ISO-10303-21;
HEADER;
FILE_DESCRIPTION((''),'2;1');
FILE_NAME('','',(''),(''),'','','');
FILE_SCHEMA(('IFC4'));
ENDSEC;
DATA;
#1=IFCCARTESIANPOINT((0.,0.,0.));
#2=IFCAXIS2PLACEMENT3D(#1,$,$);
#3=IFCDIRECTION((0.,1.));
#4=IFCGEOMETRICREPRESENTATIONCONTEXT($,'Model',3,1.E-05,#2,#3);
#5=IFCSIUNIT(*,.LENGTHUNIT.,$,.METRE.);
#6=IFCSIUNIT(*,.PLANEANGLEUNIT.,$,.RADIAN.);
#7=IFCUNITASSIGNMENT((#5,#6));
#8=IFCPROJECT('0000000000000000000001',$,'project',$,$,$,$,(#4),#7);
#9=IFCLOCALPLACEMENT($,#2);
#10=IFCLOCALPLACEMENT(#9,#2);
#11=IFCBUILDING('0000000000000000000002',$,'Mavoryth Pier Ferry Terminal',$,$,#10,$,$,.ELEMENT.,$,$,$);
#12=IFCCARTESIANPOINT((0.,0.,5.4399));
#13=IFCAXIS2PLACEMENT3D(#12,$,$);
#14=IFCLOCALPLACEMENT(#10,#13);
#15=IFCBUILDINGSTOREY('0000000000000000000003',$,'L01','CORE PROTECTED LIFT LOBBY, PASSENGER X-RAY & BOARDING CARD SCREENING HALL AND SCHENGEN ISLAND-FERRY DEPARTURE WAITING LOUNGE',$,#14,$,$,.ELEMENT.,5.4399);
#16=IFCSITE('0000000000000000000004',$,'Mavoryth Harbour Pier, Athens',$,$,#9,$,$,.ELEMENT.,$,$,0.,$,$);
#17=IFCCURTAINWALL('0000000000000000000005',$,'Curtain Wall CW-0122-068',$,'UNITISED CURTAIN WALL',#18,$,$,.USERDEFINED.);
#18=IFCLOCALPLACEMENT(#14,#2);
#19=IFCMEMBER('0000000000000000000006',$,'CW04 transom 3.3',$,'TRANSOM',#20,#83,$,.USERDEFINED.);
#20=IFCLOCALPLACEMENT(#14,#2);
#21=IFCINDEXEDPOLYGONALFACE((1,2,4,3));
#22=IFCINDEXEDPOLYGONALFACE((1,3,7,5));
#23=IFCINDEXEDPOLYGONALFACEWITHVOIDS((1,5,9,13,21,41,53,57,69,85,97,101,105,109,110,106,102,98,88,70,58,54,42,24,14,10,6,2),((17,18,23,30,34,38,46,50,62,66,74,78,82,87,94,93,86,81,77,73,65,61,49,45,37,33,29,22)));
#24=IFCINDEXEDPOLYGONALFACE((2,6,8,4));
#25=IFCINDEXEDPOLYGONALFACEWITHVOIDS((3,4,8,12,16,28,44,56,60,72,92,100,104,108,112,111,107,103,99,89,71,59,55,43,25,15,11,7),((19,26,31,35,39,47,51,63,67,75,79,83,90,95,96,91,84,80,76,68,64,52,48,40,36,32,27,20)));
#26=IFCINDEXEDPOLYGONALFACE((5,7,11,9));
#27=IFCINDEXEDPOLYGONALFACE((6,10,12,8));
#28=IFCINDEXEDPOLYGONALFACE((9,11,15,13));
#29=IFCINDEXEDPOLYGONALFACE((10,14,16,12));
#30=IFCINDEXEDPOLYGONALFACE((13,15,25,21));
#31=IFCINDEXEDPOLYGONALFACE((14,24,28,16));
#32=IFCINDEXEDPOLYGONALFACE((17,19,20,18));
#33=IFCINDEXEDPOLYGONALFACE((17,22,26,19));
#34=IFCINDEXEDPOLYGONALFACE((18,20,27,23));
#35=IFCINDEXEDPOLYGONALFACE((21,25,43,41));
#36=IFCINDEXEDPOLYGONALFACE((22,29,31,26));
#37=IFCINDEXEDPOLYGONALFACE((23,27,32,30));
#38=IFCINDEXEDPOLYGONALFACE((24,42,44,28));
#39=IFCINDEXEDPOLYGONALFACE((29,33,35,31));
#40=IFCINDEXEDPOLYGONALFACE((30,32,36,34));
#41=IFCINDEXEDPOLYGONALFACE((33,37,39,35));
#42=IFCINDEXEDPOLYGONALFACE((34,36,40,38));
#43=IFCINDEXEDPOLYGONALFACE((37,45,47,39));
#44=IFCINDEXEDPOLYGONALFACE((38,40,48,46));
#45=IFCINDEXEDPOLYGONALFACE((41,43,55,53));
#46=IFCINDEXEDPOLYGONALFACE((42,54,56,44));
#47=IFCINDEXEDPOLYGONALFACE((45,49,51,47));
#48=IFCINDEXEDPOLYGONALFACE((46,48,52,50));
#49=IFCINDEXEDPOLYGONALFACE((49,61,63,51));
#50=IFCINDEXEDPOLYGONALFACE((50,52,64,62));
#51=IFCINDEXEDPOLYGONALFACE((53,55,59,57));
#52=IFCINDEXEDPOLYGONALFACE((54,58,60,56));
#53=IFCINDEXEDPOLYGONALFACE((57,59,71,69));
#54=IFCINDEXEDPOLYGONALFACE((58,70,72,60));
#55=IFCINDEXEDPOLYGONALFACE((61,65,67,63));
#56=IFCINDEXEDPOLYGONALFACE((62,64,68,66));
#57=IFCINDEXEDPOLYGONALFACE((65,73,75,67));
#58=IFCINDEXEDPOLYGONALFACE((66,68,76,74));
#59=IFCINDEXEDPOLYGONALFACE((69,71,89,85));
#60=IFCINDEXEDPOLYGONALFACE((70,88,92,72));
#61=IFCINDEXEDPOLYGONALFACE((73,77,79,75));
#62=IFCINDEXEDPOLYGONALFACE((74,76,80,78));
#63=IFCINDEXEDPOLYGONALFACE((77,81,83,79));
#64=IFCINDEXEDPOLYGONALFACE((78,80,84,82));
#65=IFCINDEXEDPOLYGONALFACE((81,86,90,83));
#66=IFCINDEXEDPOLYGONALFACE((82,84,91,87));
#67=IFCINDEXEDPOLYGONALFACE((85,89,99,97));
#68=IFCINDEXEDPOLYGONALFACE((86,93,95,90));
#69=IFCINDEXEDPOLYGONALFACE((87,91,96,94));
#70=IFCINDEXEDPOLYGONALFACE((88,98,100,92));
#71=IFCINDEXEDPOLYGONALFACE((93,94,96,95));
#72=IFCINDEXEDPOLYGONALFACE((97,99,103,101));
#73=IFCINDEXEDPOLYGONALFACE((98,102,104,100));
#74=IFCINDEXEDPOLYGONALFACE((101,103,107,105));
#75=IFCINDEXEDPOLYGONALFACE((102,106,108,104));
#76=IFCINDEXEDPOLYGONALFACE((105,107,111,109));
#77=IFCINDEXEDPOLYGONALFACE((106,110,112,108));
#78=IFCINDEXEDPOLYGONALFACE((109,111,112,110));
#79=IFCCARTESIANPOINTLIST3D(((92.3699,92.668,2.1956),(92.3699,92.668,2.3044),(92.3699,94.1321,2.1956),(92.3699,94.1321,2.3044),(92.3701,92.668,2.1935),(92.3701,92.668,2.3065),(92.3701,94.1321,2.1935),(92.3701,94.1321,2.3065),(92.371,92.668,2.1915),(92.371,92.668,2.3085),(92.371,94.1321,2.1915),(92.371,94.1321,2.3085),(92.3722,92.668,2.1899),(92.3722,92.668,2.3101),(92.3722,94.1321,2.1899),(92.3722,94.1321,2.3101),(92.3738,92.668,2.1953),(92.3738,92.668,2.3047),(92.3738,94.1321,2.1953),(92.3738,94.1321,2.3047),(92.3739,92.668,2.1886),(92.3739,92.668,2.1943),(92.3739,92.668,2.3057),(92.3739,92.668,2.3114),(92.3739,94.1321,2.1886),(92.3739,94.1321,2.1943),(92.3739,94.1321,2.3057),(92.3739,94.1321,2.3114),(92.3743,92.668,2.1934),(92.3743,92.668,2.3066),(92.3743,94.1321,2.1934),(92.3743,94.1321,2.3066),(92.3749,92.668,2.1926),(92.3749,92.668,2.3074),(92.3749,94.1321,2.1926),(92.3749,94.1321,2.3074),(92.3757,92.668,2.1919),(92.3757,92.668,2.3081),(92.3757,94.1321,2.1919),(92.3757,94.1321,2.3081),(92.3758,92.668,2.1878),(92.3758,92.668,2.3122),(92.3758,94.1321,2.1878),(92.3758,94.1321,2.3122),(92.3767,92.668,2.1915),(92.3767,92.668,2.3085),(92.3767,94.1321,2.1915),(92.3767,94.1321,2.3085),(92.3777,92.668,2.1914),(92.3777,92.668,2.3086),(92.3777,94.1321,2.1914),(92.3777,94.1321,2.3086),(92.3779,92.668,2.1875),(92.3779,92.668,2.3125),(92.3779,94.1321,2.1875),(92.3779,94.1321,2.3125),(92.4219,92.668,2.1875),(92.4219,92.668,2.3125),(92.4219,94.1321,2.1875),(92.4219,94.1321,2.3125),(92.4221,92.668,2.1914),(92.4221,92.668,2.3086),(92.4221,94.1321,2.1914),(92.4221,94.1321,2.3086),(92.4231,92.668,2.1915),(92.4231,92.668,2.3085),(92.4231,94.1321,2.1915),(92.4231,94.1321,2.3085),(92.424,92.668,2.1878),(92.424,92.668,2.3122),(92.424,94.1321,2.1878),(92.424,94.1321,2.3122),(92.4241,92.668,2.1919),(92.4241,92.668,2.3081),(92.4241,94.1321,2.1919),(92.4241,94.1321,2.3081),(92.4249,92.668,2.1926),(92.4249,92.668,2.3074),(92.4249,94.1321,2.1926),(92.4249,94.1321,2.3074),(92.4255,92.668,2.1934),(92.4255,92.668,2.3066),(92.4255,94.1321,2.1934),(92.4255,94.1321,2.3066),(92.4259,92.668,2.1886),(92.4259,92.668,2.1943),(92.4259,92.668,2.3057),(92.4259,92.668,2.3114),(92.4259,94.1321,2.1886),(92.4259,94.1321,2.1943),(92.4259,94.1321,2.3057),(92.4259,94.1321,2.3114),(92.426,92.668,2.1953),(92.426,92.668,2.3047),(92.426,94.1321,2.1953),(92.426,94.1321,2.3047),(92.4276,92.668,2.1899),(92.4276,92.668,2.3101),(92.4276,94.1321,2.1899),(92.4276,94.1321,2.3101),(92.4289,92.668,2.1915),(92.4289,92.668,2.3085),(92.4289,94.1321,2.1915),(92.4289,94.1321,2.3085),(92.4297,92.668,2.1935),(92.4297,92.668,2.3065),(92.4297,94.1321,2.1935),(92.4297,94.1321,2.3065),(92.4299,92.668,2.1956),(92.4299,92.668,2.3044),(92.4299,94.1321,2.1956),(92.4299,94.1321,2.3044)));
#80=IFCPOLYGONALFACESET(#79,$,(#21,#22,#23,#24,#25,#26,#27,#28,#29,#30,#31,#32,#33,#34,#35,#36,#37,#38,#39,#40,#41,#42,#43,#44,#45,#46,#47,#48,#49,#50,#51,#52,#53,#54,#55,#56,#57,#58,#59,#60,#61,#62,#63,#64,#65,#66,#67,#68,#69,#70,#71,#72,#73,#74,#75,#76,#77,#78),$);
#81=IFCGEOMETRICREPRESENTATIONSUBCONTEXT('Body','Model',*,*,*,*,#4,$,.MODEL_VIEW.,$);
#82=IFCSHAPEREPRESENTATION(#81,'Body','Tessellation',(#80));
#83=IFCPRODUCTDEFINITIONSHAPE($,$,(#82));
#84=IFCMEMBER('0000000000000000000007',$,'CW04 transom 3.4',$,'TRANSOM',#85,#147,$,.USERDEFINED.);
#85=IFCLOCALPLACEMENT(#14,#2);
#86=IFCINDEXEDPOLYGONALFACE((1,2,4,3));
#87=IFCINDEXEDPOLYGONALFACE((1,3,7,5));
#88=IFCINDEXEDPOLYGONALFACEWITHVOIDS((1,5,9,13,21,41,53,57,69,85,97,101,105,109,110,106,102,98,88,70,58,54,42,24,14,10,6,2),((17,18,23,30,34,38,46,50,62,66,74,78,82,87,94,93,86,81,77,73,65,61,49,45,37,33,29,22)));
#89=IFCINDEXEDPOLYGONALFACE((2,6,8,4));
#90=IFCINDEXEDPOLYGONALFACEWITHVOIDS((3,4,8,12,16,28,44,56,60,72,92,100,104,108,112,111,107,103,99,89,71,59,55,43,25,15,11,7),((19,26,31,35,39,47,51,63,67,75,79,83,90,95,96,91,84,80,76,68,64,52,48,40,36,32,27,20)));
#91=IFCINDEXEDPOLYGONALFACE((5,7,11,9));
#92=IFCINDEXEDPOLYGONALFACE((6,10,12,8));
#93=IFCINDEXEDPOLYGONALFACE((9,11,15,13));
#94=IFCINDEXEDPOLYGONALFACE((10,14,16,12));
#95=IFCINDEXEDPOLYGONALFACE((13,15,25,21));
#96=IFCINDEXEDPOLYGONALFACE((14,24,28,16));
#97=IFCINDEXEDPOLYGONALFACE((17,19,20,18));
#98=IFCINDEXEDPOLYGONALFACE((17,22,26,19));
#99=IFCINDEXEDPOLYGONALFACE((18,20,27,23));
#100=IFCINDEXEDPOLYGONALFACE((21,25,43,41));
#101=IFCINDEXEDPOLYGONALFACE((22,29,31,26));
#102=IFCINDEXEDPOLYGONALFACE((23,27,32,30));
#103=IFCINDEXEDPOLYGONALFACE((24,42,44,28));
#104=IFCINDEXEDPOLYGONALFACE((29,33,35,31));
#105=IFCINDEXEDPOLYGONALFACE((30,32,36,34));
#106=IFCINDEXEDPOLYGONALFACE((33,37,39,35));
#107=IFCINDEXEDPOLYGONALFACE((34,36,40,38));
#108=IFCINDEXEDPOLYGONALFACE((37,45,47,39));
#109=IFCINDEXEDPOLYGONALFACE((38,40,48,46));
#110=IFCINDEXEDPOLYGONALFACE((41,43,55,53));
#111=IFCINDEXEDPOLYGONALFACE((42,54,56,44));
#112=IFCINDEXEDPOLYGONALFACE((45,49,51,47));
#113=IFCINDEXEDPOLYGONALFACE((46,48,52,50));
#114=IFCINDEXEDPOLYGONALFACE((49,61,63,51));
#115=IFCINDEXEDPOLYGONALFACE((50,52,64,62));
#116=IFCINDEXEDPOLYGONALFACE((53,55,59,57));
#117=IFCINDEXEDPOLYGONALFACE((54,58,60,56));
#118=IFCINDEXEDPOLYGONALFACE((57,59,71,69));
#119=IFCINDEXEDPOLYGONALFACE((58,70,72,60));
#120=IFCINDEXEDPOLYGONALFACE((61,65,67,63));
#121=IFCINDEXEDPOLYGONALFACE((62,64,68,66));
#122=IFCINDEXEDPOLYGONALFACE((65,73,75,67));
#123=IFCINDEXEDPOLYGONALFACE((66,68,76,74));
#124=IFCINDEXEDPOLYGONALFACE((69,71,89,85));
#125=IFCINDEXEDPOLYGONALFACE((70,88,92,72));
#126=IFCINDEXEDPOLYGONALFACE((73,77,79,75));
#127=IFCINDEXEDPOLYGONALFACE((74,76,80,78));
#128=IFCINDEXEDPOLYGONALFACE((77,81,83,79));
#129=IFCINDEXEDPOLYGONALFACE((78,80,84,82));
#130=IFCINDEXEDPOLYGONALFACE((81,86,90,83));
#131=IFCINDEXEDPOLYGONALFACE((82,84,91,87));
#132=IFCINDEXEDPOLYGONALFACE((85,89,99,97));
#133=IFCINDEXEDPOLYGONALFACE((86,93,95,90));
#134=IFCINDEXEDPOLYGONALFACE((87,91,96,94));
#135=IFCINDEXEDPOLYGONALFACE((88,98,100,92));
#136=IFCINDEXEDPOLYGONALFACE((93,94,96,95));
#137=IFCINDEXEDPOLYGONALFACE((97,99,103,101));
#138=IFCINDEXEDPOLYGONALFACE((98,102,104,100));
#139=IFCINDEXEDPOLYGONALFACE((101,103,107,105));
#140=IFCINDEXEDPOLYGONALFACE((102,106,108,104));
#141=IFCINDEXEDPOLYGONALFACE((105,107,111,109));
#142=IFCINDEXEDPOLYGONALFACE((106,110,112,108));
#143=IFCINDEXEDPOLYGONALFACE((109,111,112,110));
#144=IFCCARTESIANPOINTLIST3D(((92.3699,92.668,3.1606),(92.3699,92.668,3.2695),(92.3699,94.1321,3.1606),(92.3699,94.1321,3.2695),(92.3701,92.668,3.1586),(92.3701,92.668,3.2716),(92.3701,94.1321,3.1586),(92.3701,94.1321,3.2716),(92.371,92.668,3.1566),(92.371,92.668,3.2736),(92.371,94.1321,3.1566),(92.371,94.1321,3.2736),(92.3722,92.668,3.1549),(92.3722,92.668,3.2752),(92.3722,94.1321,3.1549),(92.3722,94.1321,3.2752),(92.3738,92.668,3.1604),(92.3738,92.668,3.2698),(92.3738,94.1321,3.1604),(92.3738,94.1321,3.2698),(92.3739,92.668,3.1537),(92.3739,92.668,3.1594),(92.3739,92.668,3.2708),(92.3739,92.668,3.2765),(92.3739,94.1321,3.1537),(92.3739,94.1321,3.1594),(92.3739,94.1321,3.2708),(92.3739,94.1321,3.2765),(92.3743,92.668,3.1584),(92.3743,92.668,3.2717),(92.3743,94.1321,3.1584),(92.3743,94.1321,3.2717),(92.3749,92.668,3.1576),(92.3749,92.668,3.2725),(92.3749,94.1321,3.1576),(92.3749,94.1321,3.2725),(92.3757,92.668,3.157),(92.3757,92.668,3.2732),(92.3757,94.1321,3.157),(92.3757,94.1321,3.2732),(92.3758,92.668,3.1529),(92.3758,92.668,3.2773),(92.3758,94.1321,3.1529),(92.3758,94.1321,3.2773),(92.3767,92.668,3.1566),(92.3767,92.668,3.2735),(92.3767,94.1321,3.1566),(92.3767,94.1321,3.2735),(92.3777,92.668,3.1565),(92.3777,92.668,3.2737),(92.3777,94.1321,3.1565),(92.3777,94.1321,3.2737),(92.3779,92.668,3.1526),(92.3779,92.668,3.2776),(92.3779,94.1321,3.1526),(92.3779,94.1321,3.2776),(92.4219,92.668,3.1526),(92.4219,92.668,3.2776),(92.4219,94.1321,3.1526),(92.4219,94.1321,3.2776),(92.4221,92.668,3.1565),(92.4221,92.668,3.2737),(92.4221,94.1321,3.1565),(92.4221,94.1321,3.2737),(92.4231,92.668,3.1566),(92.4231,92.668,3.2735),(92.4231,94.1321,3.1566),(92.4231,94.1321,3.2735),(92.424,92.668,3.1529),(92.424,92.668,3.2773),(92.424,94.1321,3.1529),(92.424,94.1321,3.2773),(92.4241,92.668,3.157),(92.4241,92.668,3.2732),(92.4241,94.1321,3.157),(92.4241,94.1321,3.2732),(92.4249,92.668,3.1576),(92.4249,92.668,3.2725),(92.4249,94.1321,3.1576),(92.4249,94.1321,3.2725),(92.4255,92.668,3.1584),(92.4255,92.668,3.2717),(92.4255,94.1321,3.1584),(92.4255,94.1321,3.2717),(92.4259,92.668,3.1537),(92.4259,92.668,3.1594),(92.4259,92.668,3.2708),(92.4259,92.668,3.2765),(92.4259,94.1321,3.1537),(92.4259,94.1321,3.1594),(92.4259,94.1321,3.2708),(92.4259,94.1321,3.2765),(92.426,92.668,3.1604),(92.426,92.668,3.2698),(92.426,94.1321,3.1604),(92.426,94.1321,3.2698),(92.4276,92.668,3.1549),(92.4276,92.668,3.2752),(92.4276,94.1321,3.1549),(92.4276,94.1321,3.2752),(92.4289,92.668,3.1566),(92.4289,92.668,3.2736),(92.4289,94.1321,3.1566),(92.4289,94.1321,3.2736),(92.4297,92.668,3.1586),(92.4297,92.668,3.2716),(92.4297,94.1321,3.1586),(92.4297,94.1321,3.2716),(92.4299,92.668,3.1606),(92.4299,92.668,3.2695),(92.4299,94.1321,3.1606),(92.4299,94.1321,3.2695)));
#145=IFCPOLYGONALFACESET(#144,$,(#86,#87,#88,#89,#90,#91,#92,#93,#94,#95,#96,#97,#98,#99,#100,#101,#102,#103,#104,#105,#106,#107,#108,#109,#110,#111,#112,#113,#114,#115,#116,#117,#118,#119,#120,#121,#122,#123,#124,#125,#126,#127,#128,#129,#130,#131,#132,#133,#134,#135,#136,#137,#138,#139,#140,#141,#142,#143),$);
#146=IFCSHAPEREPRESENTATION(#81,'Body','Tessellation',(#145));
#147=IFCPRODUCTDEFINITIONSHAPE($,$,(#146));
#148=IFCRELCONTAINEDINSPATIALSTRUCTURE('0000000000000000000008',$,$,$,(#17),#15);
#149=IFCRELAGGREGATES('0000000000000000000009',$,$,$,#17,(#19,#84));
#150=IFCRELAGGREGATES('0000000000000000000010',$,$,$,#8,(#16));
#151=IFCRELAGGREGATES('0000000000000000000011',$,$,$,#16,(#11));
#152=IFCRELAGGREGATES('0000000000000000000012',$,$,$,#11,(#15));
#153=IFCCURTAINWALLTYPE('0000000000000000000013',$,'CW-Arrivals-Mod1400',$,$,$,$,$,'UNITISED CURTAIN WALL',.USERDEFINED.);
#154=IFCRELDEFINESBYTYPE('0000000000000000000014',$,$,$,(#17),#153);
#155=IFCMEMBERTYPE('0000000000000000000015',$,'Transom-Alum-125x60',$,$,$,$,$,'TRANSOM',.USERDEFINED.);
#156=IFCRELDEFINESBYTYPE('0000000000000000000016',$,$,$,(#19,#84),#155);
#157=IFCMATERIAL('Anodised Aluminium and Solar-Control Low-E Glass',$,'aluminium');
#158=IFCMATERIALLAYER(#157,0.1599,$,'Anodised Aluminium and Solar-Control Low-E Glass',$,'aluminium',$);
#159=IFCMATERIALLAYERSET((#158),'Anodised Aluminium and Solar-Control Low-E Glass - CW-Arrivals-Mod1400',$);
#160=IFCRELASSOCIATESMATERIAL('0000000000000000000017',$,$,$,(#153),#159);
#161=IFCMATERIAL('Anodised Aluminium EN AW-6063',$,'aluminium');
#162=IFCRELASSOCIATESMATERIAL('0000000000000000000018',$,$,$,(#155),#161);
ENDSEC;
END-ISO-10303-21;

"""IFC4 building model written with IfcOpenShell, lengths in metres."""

from ifc_helpers import new_model, si_unit, direction, frame, origin, origin_2d, place, context, subcontext, project, spatial, hollow_rectangle, extrude, material, layer, layer_set, material_profile, profile_set, type_object, element, aggregate, save


model = new_model("IFC4")

# Units and contexts
model_context = context("Model", 3, precision=1e-05, world=origin(), true_north=direction((0.0, 1.0)))
body_context = subcontext(model_context, "Body", "Model", "MODEL_VIEW")
ifc_project = project(units=[si_unit("LENGTHUNIT", "METRE"), si_unit("PLANEANGLEUNIT", "RADIAN")], contexts=[model_context])

# Site, building, storey
site_placement = place(None, origin())
site = spatial("IfcSite", under=ifc_project, at=site_placement, Name="Mavoryth Harbour Pier, Athens", CompositionType="ELEMENT", RefElevation=0.0)
building_placement = place(site_placement, origin())
building = spatial("IfcBuilding", under=site, at=building_placement, Name="Mavoryth Pier Ferry Terminal", CompositionType="ELEMENT")
storey_placement = place(building_placement, frame((0.0, 0.0, 5.4399)))
storey = spatial("IfcBuildingStorey", under=building, at=storey_placement, Name="L01", Description="CORE PROTECTED LIFT LOBBY, PASSENGER X-RAY & BOARDING CARD SCREENING HALL AND SCHENGEN ISLAND-FERRY DEPARTURE WAITING LOUNGE", CompositionType="ELEMENT", Elevation=5.4399)

# Curtain wall, members
ifc_material_1 = material(Name="Anodised Aluminium and Solar-Control Low-E Glass", Category="aluminium")
ifc_layer_1 = layer(ifc_material_1, 0.1599, Name="Anodised Aluminium and Solar-Control Low-E Glass", Category="aluminium")
ifc_layer_set_1 = layer_set([ifc_layer_1], Name="Anodised Aluminium and Solar-Control Low-E Glass - CW-Arrivals-Mod1400")
curtain_wall_type = type_object("IfcCurtainWallType", Name="CW-Arrivals-Mod1400", ElementType="UNITISED CURTAIN WALL", PredefinedType="USERDEFINED", material=ifc_layer_set_1)
curtain_wall_placement = place(storey_placement, origin())
curtain_wall = element("IfcCurtainWall", 1, at=curtain_wall_placement, inside=storey, type_object=curtain_wall_type, Name="Curtain Wall CW-0122-068", ObjectType="UNITISED CURTAIN WALL", PredefinedType="USERDEFINED")
ifc_material_2 = material(Name="Anodised Aluminium EN AW-6063", Category="aluminium")
ifc_material_profile_1 = material_profile(ifc_material_2, hollow_rectangle(XDim=0.0601, YDim=0.125, WallThickness=0.0039, InnerFilletRadius=0.0039, OuterFilletRadius=0.0081, at=origin_2d()), Name="AL-TRAN 125x60x4", Category="aluminium")
ifc_profile_set_1 = profile_set([ifc_material_profile_1], Name="Anodised Aluminium EN AW-6063 - AL-TRAN 125x60x4")
member_type_1 = type_object("IfcMemberType", Name="Transom-Alum-125x60", ElementType="TRANSOM", PredefinedType="USERDEFINED", material=ifc_profile_set_1)
member_1_placement = place(storey_placement, frame((92.3999, 92.668, 2.25), z_axis=(0.0, 1.0, 0.0), x_axis=(-1.0, 0.0, 0.0)))
member_1 = element("IfcMember", 2, at=member_1_placement, type_object=member_type_1, Name="CW04 transom 3.3", ObjectType="TRANSOM", PredefinedType="USERDEFINED", context=body_context, shape_type="SweptSolid", body=[
    extrude(hollow_rectangle(XDim=0.0601, YDim=0.125, WallThickness=0.0039, InnerFilletRadius=0.0039, OuterFilletRadius=0.0081, at=origin_2d()), origin(), (0.0, 0.0, 1.0), 1.4641),
])
member_2_placement = place(storey_placement, frame((92.3999, 92.668, 3.2151), z_axis=(0.0, 1.0, 0.0), x_axis=(-1.0, 0.0, 0.0)))
member_2 = element("IfcMember", 3, at=member_2_placement, type_object=member_type_1, Name="CW04 transom 3.4", ObjectType="TRANSOM", PredefinedType="USERDEFINED", context=body_context, shape_type="SweptSolid", body=[
    extrude(hollow_rectangle(XDim=0.0601, YDim=0.125, WallThickness=0.0039, InnerFilletRadius=0.0039, OuterFilletRadius=0.0081, at=origin_2d()), origin(), (0.0, 0.0, 1.0), 1.4641),
])
aggregate(curtain_wall, [member_1, member_2])

save(model, "model.ifc")
